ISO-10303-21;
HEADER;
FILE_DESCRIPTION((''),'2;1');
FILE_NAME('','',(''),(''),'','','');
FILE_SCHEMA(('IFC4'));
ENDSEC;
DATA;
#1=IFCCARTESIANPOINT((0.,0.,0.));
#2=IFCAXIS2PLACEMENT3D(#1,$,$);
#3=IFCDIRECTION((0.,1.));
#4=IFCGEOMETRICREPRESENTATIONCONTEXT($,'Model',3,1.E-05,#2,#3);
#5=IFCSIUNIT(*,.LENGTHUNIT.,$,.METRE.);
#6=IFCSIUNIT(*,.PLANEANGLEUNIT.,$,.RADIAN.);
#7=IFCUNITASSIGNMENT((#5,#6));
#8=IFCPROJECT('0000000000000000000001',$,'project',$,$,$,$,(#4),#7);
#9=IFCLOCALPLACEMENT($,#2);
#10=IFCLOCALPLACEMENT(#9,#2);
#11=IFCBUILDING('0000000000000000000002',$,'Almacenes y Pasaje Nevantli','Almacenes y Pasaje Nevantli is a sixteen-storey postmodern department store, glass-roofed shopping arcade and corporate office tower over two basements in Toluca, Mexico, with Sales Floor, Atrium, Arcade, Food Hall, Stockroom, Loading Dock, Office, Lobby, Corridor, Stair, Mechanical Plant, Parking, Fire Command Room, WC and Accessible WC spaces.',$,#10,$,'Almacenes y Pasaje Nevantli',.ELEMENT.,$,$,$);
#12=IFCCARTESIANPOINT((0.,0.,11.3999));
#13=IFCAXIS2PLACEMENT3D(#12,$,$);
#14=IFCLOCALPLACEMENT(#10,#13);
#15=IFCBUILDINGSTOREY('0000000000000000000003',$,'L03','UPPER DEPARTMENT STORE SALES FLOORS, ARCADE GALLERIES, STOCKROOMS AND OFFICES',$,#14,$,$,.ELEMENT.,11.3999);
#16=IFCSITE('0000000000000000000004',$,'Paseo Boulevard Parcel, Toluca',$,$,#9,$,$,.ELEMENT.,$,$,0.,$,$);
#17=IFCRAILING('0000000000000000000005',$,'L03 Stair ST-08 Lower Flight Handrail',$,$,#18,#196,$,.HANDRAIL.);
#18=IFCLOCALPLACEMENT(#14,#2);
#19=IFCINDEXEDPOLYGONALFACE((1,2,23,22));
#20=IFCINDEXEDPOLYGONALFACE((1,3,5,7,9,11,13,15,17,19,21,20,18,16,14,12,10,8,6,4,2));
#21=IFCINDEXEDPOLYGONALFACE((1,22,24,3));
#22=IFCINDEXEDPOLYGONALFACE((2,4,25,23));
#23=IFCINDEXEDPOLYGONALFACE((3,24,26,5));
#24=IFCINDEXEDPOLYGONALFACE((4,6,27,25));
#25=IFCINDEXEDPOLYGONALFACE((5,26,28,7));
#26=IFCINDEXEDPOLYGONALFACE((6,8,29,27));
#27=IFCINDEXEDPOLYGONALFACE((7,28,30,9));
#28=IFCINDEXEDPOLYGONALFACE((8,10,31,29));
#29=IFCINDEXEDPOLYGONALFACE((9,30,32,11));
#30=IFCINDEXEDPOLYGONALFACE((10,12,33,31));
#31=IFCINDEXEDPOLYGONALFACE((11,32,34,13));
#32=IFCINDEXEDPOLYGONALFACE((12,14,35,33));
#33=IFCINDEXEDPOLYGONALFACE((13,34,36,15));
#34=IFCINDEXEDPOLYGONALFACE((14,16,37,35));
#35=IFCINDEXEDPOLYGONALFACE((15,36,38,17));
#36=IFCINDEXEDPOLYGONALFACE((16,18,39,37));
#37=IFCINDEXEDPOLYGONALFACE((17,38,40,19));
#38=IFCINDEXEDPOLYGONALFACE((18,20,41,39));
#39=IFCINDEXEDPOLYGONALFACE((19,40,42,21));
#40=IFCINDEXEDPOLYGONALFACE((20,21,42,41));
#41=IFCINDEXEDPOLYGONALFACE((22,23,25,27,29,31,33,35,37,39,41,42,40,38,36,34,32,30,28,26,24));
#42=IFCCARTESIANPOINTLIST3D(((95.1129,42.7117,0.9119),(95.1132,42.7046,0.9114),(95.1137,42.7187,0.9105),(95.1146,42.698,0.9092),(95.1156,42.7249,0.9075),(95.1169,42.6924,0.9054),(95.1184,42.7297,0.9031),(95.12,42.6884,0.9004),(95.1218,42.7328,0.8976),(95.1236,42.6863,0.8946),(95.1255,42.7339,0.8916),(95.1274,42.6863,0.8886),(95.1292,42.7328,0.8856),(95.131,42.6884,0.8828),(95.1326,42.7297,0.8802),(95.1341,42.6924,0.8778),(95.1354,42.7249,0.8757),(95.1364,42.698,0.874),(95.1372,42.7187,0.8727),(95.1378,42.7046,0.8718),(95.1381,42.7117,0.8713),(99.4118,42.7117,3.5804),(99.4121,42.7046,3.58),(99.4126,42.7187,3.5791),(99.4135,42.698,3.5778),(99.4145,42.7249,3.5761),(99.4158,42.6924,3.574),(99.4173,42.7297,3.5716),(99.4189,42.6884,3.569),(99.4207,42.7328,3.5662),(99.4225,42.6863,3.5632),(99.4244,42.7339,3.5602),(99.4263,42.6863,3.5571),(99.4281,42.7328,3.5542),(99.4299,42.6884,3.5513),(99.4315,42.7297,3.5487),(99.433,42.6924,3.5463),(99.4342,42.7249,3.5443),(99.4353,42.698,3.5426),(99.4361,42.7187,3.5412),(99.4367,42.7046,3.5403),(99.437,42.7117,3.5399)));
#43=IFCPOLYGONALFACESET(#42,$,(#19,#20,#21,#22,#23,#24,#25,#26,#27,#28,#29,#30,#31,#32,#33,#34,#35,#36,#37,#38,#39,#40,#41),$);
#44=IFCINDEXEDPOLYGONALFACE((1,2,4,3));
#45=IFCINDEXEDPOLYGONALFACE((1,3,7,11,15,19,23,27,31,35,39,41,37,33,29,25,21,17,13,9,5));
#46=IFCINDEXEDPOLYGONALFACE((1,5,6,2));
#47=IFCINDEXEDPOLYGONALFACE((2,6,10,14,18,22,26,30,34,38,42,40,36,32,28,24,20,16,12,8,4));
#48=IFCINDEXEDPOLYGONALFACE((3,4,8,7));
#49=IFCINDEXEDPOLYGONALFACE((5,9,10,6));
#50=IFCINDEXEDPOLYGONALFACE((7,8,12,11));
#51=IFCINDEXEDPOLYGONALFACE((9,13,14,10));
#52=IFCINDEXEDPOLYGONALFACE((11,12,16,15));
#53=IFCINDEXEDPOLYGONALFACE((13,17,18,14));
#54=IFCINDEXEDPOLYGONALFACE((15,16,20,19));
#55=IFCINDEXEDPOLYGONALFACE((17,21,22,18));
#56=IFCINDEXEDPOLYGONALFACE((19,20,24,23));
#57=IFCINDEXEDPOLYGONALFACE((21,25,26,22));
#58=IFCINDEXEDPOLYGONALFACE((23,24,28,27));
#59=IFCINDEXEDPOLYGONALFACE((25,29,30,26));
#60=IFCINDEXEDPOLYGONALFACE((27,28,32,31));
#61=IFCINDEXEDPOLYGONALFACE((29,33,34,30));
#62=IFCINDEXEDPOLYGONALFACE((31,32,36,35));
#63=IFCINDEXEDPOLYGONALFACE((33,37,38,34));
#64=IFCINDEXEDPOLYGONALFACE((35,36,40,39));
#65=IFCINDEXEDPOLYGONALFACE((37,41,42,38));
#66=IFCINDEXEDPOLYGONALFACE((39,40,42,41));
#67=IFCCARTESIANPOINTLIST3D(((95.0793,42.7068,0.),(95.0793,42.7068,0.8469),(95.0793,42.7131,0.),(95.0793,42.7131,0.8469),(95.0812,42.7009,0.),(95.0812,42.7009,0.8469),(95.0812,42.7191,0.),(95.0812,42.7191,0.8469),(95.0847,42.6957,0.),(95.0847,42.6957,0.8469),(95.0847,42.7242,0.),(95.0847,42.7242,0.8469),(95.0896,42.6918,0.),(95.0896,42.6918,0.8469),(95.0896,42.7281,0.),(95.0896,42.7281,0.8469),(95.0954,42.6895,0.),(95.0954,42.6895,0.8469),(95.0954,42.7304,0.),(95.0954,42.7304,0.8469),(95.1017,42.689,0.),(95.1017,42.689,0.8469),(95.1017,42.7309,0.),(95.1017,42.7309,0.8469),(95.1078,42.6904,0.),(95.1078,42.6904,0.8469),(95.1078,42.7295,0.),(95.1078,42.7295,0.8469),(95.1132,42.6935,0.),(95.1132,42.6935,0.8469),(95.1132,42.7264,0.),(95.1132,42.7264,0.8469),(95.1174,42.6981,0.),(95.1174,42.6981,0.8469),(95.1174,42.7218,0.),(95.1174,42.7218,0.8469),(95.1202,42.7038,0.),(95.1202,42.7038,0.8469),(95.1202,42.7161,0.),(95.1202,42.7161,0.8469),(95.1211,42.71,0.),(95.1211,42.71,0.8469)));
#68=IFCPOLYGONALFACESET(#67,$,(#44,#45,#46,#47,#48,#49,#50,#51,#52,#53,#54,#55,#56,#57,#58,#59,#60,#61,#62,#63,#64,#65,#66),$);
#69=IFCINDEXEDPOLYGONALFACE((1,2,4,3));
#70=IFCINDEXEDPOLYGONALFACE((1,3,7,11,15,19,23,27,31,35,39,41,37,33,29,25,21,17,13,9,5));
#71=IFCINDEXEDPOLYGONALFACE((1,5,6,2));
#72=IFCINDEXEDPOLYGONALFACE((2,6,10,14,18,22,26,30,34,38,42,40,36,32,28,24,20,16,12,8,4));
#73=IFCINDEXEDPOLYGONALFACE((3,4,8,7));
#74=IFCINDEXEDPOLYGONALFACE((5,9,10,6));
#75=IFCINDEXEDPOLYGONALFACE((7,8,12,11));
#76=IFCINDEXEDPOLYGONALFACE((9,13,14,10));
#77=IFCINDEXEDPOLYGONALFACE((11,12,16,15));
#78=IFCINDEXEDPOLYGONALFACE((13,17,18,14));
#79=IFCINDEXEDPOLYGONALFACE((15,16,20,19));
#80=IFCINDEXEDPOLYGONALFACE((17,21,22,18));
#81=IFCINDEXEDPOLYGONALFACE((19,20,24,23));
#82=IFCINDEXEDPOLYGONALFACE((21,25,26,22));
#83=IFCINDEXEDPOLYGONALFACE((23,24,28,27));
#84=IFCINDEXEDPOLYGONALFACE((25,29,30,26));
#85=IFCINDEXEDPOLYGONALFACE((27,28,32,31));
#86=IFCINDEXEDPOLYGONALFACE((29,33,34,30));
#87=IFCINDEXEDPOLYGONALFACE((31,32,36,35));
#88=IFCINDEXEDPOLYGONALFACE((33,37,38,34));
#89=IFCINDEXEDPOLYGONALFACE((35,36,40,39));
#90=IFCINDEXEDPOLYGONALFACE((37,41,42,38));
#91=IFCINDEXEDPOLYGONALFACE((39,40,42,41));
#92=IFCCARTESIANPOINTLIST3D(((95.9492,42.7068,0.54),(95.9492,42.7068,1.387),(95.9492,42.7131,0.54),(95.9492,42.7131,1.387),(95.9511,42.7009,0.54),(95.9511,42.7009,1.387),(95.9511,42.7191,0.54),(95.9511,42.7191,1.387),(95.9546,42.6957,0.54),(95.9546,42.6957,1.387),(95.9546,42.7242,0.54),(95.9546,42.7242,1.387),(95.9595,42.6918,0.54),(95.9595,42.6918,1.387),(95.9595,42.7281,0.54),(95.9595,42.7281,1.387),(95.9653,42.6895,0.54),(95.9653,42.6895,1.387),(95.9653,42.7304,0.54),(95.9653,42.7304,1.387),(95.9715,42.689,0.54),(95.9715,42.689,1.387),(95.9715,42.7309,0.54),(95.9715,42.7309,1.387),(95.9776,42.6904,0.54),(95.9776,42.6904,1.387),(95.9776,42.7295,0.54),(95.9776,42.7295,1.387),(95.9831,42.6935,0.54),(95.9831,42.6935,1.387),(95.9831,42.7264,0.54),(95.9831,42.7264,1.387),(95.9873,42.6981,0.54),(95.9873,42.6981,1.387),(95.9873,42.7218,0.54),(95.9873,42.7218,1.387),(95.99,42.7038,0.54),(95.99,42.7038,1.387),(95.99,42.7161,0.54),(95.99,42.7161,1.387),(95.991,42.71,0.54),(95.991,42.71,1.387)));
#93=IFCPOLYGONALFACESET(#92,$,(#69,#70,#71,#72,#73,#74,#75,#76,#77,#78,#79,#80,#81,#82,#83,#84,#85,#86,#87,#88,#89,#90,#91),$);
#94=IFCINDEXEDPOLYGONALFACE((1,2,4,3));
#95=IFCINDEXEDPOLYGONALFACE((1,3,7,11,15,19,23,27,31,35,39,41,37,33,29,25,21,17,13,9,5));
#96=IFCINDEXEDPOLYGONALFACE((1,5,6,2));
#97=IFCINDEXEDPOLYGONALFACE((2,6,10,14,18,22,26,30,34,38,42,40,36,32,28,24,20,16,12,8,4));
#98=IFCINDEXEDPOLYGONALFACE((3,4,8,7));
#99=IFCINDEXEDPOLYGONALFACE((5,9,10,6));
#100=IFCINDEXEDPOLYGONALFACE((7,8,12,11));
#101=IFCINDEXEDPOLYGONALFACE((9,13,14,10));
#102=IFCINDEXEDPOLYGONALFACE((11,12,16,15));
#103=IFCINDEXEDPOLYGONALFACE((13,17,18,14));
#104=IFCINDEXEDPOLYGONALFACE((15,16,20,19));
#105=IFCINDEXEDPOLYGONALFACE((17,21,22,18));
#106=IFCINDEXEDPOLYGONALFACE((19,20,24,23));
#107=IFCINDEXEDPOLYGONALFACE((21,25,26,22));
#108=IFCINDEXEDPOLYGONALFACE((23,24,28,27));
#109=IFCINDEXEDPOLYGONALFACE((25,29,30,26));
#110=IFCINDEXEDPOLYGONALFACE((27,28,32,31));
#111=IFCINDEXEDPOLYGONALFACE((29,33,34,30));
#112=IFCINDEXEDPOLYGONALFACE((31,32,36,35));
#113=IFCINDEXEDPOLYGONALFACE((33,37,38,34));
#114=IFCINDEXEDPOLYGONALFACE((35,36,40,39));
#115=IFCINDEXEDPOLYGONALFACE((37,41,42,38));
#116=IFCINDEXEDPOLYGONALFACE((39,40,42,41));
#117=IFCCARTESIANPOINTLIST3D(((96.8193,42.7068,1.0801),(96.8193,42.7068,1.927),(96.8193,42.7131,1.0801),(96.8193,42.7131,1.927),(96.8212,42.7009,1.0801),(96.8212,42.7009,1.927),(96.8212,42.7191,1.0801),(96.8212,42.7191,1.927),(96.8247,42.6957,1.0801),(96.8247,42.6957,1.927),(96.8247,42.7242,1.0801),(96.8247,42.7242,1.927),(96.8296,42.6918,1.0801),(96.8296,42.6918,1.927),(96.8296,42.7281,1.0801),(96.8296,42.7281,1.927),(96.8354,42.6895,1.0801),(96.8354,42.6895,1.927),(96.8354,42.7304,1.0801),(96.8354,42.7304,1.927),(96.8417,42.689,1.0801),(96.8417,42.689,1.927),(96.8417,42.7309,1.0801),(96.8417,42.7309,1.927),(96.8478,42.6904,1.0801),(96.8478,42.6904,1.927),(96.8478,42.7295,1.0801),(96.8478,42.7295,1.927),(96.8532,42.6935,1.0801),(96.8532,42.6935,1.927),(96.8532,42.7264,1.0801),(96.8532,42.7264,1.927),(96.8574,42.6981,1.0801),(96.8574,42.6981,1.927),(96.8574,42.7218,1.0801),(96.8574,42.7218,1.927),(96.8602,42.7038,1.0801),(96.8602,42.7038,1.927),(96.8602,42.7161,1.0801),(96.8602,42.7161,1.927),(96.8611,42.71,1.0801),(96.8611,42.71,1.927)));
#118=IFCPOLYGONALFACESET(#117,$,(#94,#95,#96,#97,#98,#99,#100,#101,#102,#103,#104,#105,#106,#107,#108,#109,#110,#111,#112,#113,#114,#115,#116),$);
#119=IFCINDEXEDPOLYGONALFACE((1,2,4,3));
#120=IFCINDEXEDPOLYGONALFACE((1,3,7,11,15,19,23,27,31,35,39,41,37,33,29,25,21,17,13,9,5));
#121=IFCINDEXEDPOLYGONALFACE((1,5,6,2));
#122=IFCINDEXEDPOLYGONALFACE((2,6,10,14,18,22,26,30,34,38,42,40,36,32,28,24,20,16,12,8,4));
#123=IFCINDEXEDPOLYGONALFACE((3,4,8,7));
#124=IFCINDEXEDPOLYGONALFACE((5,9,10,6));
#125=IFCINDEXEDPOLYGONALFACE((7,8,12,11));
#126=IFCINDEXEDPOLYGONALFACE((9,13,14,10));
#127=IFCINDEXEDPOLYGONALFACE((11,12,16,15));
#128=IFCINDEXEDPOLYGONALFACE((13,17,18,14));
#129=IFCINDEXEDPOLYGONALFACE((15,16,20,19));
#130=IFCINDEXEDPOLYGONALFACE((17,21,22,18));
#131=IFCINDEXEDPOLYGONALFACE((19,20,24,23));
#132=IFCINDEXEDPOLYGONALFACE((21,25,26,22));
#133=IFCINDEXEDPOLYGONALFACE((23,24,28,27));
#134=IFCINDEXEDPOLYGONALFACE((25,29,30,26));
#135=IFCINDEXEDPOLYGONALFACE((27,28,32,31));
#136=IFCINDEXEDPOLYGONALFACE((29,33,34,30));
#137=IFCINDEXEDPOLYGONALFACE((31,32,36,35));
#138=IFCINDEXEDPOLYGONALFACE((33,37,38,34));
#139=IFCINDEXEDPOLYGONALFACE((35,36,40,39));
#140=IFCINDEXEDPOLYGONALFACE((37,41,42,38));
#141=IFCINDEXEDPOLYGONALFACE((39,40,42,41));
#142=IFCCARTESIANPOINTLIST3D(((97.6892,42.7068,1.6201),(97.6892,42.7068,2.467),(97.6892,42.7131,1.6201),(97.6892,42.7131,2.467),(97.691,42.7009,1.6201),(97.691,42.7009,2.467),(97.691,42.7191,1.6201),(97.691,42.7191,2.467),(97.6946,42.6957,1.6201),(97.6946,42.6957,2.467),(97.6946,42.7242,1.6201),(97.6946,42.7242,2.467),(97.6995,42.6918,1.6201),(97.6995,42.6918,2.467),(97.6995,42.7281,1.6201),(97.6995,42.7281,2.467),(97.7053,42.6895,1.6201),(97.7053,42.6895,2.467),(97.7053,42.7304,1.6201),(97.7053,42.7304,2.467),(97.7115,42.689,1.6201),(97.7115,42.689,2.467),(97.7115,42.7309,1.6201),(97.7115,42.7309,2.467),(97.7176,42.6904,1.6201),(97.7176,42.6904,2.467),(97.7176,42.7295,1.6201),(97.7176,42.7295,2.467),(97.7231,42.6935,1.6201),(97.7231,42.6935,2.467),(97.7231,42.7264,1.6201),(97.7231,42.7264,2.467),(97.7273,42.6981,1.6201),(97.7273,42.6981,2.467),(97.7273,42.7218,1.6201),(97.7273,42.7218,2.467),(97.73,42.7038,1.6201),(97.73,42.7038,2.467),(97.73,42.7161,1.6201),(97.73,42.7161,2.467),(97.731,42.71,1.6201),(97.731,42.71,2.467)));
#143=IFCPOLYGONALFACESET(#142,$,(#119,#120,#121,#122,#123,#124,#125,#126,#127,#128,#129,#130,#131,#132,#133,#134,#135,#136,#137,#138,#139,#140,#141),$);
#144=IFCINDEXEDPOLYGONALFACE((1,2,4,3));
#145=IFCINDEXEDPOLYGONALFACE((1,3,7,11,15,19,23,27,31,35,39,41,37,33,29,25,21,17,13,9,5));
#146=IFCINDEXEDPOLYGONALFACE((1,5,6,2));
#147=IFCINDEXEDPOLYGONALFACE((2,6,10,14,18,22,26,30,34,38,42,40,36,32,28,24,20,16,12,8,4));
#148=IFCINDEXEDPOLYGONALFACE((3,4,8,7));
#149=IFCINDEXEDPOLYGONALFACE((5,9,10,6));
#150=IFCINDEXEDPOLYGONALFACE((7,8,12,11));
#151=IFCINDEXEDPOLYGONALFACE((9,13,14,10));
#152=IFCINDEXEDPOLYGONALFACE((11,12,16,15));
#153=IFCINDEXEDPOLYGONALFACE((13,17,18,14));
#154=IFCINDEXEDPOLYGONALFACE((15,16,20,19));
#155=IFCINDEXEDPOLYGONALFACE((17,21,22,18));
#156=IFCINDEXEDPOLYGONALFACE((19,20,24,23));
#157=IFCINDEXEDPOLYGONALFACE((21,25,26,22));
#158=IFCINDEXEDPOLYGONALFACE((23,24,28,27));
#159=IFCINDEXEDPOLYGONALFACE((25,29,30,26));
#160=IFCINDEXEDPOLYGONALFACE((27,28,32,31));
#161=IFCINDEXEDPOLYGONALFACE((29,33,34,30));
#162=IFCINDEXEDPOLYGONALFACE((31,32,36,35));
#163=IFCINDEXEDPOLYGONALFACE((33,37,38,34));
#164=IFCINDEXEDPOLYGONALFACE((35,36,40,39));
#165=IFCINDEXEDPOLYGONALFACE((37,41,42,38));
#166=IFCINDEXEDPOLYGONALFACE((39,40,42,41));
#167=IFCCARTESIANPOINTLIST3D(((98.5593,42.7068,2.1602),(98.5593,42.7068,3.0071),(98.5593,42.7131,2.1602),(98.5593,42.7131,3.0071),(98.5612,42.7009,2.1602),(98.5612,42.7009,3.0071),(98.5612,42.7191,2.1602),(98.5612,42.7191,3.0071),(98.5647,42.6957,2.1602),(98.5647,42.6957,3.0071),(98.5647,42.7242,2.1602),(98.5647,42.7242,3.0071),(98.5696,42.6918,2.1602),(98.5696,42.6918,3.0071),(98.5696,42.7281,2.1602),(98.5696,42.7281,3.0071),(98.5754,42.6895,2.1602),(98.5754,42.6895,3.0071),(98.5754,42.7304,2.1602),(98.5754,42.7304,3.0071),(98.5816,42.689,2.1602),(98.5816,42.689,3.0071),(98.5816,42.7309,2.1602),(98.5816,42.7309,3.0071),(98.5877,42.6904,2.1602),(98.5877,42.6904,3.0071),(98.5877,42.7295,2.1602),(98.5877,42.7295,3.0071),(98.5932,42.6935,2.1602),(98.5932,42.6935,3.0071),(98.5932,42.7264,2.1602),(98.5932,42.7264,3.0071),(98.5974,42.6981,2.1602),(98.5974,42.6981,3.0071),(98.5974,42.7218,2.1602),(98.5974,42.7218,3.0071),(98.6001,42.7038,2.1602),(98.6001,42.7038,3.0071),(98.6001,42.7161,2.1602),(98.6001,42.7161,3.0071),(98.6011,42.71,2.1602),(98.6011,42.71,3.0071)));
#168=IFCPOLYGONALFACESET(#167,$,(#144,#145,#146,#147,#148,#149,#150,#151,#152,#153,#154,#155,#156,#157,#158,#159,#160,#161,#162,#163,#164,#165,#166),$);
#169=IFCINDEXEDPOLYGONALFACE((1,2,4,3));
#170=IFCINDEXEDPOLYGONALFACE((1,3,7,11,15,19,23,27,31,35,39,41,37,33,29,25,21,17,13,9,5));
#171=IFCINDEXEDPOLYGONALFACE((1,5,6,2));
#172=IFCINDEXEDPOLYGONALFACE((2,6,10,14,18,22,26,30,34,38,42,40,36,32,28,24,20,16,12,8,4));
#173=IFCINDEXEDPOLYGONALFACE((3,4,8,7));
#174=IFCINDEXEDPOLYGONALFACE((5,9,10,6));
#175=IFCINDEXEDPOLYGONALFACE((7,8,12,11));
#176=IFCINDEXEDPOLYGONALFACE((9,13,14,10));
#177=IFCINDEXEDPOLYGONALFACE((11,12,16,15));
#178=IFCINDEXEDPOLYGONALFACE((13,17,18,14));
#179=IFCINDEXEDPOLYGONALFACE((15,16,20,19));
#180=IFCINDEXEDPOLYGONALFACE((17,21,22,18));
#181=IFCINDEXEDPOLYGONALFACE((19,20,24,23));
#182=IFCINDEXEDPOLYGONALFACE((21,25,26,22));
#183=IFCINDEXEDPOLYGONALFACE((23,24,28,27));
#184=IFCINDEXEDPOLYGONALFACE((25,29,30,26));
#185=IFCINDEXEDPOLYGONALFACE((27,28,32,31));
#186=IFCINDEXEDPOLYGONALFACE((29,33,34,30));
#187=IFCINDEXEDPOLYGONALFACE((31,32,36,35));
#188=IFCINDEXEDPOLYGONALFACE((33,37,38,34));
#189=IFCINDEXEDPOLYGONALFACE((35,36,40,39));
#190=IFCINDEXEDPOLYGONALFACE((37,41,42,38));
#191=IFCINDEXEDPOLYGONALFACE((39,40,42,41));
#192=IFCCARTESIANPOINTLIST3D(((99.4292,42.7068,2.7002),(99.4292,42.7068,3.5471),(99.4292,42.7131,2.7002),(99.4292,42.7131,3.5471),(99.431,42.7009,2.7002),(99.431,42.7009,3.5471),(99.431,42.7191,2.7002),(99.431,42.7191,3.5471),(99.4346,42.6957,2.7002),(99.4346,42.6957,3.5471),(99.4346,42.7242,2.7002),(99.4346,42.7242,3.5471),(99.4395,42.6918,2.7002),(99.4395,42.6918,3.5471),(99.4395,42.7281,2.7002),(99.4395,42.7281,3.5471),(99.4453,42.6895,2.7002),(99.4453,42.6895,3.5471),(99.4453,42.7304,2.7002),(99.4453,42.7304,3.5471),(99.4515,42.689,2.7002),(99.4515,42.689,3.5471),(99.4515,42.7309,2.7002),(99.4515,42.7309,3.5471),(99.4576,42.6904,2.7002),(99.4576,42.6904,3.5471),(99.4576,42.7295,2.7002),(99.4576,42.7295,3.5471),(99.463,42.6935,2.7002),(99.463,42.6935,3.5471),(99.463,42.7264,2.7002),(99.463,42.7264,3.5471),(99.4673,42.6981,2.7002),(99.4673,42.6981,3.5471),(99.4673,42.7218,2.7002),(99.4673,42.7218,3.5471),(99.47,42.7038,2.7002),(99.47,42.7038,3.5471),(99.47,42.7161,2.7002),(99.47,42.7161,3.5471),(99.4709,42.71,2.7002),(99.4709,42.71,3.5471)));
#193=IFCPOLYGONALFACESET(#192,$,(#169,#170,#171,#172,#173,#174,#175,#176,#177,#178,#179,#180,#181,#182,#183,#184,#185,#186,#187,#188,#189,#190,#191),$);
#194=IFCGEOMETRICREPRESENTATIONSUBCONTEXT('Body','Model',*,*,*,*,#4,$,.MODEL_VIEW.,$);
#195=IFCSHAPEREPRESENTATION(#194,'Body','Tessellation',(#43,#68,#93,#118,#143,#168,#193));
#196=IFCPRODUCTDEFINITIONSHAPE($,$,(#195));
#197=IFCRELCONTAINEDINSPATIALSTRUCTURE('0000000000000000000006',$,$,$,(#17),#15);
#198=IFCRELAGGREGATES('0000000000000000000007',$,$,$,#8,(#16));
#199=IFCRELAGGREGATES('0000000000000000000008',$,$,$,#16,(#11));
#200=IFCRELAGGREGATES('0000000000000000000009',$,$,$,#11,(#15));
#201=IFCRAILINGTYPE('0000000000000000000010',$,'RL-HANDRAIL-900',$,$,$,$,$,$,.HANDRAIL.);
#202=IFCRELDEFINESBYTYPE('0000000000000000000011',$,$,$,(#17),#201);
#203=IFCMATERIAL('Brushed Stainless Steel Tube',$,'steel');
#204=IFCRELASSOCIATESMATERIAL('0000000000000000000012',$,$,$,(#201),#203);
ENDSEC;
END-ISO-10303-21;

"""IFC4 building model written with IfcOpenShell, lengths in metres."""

from ifc_helpers import new_model, si_unit, direction, frame, origin, origin_2d, place, context, subcontext, project, spatial, circle, extrude, material, type_object, element, save


model = new_model("IFC4")

# Units and contexts
model_context = context("Model", 3, precision=1e-05, world=origin(), true_north=direction((0.0, 1.0)))
body_context = subcontext(model_context, "Body", "Model", "MODEL_VIEW")
ifc_project = project(units=[si_unit("LENGTHUNIT", "METRE"), si_unit("PLANEANGLEUNIT", "RADIAN")], contexts=[model_context])

# Site, building, storey
site_placement = place(None, origin())
site = spatial("IfcSite", under=ifc_project, at=site_placement, Name="Paseo Boulevard Parcel, Toluca", CompositionType="ELEMENT", RefElevation=0.0)
building_placement = place(site_placement, origin())
building = spatial("IfcBuilding", under=site, at=building_placement, Name="Almacenes y Pasaje Nevantli", Description="Almacenes y Pasaje Nevantli is a sixteen-storey postmodern department store, glass-roofed shopping arcade and corporate office tower over two basements in Toluca, Mexico, with Sales Floor, Atrium, Arcade, Food Hall, Stockroom, Loading Dock, Office, Lobby, Corridor, Stair, Mechanical Plant, Parking, Fire Command Room, WC and Accessible WC spaces.", LongName="Almacenes y Pasaje Nevantli", CompositionType="ELEMENT")
storey_placement = place(building_placement, frame((0.0, 0.0, 11.3999)))
storey = spatial("IfcBuildingStorey", under=building, at=storey_placement, Name="L03", Description="UPPER DEPARTMENT STORE SALES FLOORS, ARCADE GALLERIES, STOCKROOMS AND OFFICES", CompositionType="ELEMENT", Elevation=11.3999)

# Railing
ifc_material_1 = material(Name="Brushed Stainless Steel Tube", Category="steel")
railing_type_1 = type_object("IfcRailingType", Name="RL-HANDRAIL-900", PredefinedType="HANDRAIL", material=ifc_material_1)
railing_1_placement = place(storey_placement, frame((95.1001, 42.71, 0.0)))
element("IfcRailing", 1, at=railing_1_placement, inside=storey, type_object=railing_type_1, Name="L03 Stair ST-08 Lower Flight Handrail", PredefinedType="HANDRAIL", context=body_context, shape_type="SweptSolid", body=[
    extrude(circle(Radius=0.0239, at=origin_2d()), frame((0.0254, 0.0, 0.8916), z_axis=(0.849615, 0.0, 0.527403), x_axis=(0.0, 1.0, 0.0)), (0.0, 0.0, 1.0), 5.0598),
    extrude(circle(Radius=0.021, at=origin_2d()), origin(), (0.0, 0.0, 1.0), 0.8469),
    extrude(circle(Radius=0.021, at=origin_2d()), frame((0.8699, 0.0, 0.54)), (0.0, 0.0, 1.0), 0.8469),
    extrude(circle(Radius=0.021, at=origin_2d()), frame((1.74, 0.0, 1.0801)), (0.0, 0.0, 1.0), 0.8469),
    extrude(circle(Radius=0.021, at=origin_2d()), frame((2.6099, 0.0, 1.6201)), (0.0, 0.0, 1.0), 0.8469),
    extrude(circle(Radius=0.021, at=origin_2d()), frame((3.48, 0.0, 2.1602)), (0.0, 0.0, 1.0), 0.8469),
    extrude(circle(Radius=0.021, at=origin_2d()), frame((4.3499, 0.0, 2.7002)), (0.0, 0.0, 1.0), 0.8469),
])

save(model, "model.ifc")
